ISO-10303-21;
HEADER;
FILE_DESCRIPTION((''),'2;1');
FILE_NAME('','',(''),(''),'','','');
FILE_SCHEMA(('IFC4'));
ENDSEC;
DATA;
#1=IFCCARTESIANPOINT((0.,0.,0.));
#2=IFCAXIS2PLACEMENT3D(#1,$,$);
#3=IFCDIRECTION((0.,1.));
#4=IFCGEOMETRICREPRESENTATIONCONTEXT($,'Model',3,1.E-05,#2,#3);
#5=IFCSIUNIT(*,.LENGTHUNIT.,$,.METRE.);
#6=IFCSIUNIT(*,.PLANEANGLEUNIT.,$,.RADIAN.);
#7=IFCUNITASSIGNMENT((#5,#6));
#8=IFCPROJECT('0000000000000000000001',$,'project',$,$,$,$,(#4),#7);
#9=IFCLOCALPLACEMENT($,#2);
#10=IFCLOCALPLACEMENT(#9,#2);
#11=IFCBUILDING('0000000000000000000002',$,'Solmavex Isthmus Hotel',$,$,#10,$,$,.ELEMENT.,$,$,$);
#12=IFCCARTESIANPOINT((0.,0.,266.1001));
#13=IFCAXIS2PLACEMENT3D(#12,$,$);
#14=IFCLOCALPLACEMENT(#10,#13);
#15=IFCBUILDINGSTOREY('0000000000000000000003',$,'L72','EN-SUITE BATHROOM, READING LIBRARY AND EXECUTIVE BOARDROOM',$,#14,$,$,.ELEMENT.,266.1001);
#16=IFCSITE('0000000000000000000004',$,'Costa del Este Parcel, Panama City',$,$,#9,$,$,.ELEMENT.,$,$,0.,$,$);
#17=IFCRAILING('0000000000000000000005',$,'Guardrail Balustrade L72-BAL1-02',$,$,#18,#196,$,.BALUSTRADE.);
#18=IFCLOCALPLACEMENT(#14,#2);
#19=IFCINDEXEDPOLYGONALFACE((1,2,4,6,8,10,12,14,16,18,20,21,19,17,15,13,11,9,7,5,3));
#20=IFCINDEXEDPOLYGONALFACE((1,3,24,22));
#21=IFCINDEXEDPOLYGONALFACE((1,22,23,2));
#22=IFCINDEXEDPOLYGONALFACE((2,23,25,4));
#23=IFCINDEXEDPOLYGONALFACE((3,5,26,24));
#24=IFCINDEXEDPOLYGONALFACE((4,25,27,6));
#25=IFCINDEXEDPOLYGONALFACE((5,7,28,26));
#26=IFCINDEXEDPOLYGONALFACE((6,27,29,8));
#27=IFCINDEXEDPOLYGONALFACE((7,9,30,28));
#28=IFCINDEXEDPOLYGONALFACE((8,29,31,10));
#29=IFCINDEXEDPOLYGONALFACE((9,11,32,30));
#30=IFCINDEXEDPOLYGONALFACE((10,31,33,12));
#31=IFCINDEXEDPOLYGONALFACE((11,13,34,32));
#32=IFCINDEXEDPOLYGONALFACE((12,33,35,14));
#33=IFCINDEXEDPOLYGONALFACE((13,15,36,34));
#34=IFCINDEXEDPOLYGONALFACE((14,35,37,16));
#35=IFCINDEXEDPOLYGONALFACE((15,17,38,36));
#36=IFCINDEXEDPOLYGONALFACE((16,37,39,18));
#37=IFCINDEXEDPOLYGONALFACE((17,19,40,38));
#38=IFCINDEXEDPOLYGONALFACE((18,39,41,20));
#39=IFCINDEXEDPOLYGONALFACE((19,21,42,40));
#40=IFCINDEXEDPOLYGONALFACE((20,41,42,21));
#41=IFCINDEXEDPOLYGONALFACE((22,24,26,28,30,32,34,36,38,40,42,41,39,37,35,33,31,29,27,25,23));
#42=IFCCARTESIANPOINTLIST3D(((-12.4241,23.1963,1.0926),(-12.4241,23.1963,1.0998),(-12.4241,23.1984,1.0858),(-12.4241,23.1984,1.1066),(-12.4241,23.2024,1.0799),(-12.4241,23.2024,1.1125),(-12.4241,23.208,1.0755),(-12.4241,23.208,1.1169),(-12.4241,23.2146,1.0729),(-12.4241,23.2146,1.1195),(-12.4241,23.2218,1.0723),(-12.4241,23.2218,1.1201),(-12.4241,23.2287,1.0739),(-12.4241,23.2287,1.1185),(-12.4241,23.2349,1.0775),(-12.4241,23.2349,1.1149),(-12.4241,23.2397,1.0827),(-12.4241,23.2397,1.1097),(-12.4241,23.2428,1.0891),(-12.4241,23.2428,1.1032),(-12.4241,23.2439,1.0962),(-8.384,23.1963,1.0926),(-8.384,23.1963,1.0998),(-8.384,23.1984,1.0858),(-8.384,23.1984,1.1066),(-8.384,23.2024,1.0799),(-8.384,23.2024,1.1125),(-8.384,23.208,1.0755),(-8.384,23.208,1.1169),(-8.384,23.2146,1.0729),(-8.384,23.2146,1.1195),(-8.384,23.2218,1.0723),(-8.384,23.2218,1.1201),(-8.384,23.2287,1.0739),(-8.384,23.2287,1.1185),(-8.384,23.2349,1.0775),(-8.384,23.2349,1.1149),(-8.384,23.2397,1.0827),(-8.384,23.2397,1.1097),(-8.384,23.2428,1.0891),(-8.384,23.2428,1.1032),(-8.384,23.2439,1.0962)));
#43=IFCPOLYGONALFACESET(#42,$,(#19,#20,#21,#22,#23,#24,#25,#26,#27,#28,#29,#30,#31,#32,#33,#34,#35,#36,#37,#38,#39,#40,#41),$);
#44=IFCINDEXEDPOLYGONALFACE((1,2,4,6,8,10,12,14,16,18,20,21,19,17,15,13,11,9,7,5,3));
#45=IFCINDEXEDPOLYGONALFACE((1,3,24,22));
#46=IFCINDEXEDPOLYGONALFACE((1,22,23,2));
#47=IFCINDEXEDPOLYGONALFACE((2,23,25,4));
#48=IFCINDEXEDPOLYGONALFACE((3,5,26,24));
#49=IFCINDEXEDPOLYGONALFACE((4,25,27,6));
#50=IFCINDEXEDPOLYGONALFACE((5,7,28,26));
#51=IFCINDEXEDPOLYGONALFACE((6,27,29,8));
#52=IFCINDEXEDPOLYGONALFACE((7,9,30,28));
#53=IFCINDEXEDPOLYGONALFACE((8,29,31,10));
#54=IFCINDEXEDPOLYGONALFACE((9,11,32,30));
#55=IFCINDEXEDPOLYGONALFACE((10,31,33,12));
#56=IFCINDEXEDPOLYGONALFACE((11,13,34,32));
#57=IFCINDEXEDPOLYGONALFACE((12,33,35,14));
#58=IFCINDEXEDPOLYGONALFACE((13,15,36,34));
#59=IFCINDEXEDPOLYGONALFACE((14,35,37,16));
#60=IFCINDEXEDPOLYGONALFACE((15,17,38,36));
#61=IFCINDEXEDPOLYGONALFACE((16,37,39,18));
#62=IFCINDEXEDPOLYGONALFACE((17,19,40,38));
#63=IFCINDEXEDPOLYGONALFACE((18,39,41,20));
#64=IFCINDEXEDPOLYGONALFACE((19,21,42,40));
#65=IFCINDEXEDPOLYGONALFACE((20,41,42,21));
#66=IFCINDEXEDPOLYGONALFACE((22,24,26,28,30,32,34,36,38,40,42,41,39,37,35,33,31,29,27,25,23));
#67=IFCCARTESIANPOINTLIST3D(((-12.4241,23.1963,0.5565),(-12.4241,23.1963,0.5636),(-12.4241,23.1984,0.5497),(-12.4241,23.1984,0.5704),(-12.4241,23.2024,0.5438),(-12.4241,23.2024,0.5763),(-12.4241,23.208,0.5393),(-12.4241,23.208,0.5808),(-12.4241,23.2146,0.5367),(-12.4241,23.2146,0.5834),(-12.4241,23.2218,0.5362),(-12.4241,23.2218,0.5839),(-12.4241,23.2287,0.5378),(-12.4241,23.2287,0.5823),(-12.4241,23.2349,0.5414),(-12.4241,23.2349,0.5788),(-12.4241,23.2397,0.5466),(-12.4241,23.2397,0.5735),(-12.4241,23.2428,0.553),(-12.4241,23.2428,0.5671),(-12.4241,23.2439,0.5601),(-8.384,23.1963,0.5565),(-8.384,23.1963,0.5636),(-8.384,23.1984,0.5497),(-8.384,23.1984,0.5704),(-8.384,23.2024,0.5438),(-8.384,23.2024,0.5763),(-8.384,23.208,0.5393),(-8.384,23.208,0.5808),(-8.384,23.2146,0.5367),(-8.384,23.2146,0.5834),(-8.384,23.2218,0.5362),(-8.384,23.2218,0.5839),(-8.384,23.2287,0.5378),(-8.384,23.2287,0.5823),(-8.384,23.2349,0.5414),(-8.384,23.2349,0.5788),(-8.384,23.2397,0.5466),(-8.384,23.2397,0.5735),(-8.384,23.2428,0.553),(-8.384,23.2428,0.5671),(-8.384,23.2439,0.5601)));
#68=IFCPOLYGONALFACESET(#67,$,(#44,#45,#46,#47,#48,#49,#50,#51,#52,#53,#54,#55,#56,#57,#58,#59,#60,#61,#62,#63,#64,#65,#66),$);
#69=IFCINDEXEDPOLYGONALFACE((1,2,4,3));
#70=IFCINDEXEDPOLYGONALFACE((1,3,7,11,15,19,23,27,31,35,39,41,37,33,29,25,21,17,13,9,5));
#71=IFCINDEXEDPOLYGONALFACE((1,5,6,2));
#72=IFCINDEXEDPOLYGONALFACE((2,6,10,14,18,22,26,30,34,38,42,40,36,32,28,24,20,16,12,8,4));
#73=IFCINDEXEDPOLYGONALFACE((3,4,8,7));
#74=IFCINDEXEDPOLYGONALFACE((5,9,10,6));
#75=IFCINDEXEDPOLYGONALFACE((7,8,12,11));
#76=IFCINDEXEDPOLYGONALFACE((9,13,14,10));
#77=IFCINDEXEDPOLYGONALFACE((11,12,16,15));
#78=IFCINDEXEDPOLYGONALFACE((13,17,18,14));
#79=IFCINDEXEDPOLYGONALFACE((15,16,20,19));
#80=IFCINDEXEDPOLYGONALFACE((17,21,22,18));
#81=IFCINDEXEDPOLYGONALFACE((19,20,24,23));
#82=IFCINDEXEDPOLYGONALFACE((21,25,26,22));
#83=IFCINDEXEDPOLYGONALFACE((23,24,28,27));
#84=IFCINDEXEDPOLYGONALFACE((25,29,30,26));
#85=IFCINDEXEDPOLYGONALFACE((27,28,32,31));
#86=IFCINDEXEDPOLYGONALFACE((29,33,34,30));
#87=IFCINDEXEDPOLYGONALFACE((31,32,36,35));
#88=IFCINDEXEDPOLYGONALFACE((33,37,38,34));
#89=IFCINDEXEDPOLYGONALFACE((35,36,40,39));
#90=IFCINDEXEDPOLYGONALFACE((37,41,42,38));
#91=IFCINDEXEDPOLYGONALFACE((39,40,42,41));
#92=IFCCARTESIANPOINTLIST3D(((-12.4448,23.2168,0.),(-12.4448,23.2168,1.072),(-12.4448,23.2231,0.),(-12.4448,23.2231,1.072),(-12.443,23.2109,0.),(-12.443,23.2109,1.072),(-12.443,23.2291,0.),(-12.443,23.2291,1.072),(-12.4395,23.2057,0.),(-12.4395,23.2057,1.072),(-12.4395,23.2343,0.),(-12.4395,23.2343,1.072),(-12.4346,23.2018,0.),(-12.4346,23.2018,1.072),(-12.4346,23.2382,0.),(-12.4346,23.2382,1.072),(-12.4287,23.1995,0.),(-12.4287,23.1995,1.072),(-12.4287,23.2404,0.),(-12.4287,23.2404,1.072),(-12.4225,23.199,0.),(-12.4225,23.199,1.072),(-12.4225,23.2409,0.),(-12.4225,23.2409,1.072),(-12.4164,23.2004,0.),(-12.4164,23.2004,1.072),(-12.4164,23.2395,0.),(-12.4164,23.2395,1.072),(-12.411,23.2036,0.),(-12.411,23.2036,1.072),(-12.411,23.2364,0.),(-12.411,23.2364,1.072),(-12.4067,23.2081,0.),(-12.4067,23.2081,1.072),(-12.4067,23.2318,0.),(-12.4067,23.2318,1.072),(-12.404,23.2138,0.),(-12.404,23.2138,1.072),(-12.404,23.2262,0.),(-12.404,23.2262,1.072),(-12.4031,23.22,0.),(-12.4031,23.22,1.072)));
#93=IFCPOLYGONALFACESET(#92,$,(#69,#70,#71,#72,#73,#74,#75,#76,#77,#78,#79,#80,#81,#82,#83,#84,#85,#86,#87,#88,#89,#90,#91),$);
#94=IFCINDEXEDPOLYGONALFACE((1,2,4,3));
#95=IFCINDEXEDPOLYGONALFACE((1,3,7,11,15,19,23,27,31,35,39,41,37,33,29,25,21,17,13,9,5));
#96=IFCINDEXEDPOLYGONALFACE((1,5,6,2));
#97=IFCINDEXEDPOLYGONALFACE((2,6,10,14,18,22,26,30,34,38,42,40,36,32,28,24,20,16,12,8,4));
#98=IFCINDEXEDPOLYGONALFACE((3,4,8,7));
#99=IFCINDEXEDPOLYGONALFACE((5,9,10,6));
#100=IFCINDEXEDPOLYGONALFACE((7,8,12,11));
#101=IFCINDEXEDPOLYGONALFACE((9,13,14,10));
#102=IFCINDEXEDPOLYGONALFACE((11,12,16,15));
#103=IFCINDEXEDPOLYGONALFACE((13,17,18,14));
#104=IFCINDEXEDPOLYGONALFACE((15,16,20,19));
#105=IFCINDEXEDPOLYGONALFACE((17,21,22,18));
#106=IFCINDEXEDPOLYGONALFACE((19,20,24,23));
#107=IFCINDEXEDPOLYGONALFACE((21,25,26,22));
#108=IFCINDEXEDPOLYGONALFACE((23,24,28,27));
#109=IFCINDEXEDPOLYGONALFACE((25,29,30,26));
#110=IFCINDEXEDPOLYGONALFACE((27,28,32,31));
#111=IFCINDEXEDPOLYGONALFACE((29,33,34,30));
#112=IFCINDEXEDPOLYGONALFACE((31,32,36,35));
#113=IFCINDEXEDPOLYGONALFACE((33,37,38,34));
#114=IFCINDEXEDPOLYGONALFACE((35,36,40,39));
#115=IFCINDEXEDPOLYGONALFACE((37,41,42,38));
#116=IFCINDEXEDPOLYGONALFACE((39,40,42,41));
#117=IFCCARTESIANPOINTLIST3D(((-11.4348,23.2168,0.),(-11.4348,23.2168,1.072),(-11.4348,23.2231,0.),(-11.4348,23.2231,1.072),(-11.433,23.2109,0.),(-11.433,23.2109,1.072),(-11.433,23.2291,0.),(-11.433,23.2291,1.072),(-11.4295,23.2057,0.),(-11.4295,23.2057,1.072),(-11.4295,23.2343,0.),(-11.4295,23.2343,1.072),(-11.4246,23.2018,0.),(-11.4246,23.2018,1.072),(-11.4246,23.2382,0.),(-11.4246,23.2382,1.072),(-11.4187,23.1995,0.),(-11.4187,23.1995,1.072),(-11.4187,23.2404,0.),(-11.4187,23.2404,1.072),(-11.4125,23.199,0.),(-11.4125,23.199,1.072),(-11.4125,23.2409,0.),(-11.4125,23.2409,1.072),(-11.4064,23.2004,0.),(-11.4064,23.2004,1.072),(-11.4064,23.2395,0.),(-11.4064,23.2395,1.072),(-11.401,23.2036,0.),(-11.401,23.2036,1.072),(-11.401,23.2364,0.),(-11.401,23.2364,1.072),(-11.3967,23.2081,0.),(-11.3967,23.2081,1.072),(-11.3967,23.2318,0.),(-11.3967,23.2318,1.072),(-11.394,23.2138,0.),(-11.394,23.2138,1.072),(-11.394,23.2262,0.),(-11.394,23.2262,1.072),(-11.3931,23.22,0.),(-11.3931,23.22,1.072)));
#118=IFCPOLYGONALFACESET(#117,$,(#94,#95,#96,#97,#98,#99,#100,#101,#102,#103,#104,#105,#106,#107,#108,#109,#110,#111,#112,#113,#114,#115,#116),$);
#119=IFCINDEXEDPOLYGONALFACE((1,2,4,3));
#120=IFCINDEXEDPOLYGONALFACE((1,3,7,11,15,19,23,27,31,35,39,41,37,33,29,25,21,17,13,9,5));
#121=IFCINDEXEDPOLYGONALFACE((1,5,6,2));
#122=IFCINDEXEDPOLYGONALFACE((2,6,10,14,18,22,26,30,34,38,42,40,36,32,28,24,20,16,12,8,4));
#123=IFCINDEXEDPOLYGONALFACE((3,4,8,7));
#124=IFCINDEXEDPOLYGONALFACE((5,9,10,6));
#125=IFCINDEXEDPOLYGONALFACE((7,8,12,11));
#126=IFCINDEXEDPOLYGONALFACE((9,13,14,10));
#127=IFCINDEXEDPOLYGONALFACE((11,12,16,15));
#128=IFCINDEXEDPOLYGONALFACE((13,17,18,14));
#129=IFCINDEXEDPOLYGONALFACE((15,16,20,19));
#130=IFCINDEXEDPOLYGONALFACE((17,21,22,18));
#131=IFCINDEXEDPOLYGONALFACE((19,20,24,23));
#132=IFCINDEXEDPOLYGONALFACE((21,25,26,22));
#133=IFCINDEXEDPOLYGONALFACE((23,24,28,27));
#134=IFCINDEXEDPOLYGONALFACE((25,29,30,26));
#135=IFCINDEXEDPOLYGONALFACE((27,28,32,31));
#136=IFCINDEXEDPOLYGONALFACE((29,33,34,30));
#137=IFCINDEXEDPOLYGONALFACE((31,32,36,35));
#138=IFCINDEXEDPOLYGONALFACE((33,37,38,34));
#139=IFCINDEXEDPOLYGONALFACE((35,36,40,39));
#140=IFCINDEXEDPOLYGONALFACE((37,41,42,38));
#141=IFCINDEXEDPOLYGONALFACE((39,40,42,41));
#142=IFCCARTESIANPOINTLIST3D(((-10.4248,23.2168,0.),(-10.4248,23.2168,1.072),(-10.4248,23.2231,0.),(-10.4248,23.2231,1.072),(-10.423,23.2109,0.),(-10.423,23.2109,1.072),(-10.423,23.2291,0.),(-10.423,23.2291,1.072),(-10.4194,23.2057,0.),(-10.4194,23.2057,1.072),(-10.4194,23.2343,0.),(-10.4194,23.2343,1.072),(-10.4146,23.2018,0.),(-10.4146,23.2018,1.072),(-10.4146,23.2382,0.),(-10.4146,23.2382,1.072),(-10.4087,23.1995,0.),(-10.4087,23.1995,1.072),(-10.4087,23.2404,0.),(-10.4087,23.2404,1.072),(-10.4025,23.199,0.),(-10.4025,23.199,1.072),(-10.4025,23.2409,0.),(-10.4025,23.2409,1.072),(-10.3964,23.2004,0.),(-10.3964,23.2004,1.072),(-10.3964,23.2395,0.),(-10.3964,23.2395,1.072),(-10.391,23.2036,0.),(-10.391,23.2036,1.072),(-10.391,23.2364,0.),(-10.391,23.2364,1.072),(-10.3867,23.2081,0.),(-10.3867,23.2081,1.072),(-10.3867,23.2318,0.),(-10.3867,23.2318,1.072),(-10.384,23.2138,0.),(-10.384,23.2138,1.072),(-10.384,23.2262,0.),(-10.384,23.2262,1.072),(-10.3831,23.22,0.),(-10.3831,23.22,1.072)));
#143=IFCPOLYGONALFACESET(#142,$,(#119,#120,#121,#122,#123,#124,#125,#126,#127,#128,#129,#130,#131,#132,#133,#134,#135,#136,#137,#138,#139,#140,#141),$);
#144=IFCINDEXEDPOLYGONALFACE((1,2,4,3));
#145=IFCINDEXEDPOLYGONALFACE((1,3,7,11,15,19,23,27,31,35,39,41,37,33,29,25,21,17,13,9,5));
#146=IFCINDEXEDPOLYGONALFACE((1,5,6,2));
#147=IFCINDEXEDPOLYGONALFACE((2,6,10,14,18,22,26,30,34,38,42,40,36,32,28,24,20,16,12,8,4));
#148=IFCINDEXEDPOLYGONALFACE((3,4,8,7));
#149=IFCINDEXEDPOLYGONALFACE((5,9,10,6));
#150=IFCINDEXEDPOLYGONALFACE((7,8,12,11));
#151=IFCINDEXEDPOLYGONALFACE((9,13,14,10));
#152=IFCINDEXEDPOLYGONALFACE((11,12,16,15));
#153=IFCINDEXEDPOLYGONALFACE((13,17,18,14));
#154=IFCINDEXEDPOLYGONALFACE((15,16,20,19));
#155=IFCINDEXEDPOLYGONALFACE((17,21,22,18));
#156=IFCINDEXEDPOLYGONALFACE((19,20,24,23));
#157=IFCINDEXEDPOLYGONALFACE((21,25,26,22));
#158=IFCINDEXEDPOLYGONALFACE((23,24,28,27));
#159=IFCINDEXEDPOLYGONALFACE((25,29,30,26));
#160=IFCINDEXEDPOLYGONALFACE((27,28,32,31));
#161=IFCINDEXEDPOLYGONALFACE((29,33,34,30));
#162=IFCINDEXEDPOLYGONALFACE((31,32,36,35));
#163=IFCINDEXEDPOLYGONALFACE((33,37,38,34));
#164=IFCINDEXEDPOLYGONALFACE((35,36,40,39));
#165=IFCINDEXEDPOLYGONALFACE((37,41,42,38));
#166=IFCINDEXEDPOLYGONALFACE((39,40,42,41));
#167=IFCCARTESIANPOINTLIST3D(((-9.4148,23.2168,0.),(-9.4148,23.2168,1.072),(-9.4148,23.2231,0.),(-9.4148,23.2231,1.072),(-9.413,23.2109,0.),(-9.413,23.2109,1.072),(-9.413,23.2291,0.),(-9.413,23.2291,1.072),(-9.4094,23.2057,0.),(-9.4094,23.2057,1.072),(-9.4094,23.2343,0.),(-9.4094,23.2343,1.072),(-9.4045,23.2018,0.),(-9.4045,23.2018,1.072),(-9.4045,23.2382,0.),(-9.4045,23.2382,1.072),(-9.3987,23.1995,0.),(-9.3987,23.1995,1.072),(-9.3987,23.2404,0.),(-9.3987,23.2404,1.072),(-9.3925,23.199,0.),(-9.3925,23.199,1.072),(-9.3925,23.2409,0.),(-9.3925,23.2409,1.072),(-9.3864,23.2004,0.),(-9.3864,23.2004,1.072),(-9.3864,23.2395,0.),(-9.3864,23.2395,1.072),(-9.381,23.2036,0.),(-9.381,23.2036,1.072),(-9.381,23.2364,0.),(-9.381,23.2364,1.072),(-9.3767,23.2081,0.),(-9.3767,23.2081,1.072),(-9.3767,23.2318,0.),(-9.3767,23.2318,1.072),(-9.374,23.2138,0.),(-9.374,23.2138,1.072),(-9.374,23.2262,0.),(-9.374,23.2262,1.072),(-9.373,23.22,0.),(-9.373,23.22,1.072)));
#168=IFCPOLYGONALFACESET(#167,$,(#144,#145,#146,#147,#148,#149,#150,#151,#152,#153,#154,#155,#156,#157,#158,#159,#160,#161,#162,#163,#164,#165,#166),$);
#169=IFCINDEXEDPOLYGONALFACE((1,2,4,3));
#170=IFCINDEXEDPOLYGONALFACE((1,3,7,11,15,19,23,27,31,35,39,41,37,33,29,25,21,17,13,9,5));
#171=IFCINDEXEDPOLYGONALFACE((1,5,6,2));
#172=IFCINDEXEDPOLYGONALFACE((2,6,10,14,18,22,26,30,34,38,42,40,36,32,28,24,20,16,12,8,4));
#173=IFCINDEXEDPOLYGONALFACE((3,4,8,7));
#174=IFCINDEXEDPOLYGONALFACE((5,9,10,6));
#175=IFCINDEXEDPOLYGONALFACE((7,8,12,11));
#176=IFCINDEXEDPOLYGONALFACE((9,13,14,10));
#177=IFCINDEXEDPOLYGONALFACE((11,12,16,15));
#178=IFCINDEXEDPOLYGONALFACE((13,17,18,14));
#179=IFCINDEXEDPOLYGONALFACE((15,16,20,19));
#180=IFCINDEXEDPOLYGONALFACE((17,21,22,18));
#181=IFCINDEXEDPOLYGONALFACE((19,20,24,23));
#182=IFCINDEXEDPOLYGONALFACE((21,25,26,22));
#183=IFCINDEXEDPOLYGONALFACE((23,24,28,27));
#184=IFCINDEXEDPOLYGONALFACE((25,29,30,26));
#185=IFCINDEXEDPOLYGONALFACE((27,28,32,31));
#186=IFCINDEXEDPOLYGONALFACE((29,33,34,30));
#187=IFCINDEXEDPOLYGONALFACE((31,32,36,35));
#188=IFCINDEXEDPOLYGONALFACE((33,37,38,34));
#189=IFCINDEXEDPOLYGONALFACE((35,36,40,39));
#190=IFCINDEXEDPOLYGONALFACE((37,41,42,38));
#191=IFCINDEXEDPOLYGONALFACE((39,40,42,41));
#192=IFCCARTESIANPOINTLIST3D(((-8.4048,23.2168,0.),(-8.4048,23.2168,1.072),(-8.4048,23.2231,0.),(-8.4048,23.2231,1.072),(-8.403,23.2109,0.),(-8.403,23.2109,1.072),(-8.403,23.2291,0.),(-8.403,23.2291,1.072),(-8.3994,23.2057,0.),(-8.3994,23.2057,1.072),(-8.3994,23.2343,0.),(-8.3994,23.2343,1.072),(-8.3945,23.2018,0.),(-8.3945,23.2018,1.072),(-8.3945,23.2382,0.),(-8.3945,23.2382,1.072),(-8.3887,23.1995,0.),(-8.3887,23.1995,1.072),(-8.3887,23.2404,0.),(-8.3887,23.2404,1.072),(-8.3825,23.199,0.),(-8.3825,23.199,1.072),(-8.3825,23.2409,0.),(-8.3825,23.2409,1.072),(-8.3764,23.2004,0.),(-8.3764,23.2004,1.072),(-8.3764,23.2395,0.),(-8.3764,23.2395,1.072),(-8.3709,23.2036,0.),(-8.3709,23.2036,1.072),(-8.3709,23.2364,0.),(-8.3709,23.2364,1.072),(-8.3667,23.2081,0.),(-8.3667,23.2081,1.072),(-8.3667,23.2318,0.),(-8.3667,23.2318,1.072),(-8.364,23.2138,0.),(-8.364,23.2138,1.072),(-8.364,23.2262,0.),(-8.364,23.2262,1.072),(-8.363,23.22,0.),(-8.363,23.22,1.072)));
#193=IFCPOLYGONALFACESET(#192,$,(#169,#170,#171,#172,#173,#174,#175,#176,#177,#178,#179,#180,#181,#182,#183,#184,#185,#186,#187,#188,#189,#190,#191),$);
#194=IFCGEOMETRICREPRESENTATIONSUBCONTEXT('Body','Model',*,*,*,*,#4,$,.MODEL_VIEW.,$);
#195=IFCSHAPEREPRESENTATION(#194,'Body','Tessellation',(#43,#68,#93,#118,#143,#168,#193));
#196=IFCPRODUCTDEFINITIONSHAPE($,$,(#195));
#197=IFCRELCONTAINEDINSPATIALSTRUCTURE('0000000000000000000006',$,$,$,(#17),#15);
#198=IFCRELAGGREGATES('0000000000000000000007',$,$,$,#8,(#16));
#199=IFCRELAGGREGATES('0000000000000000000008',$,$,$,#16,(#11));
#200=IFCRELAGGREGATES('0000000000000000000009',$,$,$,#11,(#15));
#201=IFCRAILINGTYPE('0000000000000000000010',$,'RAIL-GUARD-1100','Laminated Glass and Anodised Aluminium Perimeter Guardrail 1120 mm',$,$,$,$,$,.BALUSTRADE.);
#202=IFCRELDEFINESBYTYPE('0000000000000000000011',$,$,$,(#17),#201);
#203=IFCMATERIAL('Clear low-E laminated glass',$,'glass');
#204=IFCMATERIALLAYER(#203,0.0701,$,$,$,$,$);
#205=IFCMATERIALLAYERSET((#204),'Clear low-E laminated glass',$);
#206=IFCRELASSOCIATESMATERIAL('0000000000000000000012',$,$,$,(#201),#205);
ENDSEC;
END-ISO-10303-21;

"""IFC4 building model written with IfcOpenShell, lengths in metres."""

from ifc_helpers import new_model, si_unit, direction, frame, origin, origin_2d, place, context, subcontext, project, spatial, circle, extrude, material, layer, layer_set, type_object, element, save


model = new_model("IFC4")

# Units and contexts
model_context = context("Model", 3, precision=1e-05, world=origin(), true_north=direction((0.0, 1.0)))
body_context = subcontext(model_context, "Body", "Model", "MODEL_VIEW")
ifc_project = project(units=[si_unit("LENGTHUNIT", "METRE"), si_unit("PLANEANGLEUNIT", "RADIAN")], contexts=[model_context])

# Site, building, storey
site_placement = place(None, origin())
site = spatial("IfcSite", under=ifc_project, at=site_placement, Name="Costa del Este Parcel, Panama City", CompositionType="ELEMENT", RefElevation=0.0)
building_placement = place(site_placement, origin())
building = spatial("IfcBuilding", under=site, at=building_placement, Name="Solmavex Isthmus Hotel", CompositionType="ELEMENT")
storey_placement = place(building_placement, frame((0.0, 0.0, 266.1001)))
storey = spatial("IfcBuildingStorey", under=building, at=storey_placement, Name="L72", Description="EN-SUITE BATHROOM, READING LIBRARY AND EXECUTIVE BOARDROOM", CompositionType="ELEMENT", Elevation=266.1001)

# Shared definitions
ifc_material_1 = material(Name="Clear low-E laminated glass", Category="glass")

# Railing
ifc_layer_1 = layer(ifc_material_1, 0.0701)
ifc_layer_set_1 = layer_set([ifc_layer_1], Name="Clear low-E laminated glass")
railing_type_1 = type_object("IfcRailingType", Name="RAIL-GUARD-1100", Description="Laminated Glass and Anodised Aluminium Perimeter Guardrail 1120 mm", PredefinedType="BALUSTRADE", material=ifc_layer_set_1)
railing_1_placement = place(storey_placement, frame((-12.4241, 23.22, 0.0)))
element("IfcRailing", 1, at=railing_1_placement, inside=storey, type_object=railing_type_1, Name="Guardrail Balustrade L72-BAL1-02", PredefinedType="BALUSTRADE", context=body_context, shape_type="SweptSolid", body=[
    extrude(circle(Radius=0.0239, at=origin_2d()), frame((0.0, 0.0, 1.0962), z_axis=(1.0, 0.0, 0.0), x_axis=(0.0, 1.0, 0.0)), (0.0, 0.0, 1.0), 4.04),
    extrude(circle(Radius=0.0239, at=origin_2d()), frame((0.0, 0.0, 0.5601), z_axis=(1.0, 0.0, 0.0), x_axis=(0.0, 1.0, 0.0)), (0.0, 0.0, 1.0), 4.04),
    extrude(circle(Radius=0.021, at=origin_2d()), origin(), (0.0, 0.0, 1.0), 1.072),
    extrude(circle(Radius=0.021, at=origin_2d()), frame((1.01, 0.0, 0.0)), (0.0, 0.0, 1.0), 1.072),
    extrude(circle(Radius=0.021, at=origin_2d()), frame((2.02, 0.0, 0.0)), (0.0, 0.0, 1.0), 1.072),
    extrude(circle(Radius=0.021, at=origin_2d()), frame((3.03, 0.0, 0.0)), (0.0, 0.0, 1.0), 1.072),
    extrude(circle(Radius=0.021, at=origin_2d()), frame((4.04, 0.0, 0.0)), (0.0, 0.0, 1.0), 1.072),
])

save(model, "model.ifc")
